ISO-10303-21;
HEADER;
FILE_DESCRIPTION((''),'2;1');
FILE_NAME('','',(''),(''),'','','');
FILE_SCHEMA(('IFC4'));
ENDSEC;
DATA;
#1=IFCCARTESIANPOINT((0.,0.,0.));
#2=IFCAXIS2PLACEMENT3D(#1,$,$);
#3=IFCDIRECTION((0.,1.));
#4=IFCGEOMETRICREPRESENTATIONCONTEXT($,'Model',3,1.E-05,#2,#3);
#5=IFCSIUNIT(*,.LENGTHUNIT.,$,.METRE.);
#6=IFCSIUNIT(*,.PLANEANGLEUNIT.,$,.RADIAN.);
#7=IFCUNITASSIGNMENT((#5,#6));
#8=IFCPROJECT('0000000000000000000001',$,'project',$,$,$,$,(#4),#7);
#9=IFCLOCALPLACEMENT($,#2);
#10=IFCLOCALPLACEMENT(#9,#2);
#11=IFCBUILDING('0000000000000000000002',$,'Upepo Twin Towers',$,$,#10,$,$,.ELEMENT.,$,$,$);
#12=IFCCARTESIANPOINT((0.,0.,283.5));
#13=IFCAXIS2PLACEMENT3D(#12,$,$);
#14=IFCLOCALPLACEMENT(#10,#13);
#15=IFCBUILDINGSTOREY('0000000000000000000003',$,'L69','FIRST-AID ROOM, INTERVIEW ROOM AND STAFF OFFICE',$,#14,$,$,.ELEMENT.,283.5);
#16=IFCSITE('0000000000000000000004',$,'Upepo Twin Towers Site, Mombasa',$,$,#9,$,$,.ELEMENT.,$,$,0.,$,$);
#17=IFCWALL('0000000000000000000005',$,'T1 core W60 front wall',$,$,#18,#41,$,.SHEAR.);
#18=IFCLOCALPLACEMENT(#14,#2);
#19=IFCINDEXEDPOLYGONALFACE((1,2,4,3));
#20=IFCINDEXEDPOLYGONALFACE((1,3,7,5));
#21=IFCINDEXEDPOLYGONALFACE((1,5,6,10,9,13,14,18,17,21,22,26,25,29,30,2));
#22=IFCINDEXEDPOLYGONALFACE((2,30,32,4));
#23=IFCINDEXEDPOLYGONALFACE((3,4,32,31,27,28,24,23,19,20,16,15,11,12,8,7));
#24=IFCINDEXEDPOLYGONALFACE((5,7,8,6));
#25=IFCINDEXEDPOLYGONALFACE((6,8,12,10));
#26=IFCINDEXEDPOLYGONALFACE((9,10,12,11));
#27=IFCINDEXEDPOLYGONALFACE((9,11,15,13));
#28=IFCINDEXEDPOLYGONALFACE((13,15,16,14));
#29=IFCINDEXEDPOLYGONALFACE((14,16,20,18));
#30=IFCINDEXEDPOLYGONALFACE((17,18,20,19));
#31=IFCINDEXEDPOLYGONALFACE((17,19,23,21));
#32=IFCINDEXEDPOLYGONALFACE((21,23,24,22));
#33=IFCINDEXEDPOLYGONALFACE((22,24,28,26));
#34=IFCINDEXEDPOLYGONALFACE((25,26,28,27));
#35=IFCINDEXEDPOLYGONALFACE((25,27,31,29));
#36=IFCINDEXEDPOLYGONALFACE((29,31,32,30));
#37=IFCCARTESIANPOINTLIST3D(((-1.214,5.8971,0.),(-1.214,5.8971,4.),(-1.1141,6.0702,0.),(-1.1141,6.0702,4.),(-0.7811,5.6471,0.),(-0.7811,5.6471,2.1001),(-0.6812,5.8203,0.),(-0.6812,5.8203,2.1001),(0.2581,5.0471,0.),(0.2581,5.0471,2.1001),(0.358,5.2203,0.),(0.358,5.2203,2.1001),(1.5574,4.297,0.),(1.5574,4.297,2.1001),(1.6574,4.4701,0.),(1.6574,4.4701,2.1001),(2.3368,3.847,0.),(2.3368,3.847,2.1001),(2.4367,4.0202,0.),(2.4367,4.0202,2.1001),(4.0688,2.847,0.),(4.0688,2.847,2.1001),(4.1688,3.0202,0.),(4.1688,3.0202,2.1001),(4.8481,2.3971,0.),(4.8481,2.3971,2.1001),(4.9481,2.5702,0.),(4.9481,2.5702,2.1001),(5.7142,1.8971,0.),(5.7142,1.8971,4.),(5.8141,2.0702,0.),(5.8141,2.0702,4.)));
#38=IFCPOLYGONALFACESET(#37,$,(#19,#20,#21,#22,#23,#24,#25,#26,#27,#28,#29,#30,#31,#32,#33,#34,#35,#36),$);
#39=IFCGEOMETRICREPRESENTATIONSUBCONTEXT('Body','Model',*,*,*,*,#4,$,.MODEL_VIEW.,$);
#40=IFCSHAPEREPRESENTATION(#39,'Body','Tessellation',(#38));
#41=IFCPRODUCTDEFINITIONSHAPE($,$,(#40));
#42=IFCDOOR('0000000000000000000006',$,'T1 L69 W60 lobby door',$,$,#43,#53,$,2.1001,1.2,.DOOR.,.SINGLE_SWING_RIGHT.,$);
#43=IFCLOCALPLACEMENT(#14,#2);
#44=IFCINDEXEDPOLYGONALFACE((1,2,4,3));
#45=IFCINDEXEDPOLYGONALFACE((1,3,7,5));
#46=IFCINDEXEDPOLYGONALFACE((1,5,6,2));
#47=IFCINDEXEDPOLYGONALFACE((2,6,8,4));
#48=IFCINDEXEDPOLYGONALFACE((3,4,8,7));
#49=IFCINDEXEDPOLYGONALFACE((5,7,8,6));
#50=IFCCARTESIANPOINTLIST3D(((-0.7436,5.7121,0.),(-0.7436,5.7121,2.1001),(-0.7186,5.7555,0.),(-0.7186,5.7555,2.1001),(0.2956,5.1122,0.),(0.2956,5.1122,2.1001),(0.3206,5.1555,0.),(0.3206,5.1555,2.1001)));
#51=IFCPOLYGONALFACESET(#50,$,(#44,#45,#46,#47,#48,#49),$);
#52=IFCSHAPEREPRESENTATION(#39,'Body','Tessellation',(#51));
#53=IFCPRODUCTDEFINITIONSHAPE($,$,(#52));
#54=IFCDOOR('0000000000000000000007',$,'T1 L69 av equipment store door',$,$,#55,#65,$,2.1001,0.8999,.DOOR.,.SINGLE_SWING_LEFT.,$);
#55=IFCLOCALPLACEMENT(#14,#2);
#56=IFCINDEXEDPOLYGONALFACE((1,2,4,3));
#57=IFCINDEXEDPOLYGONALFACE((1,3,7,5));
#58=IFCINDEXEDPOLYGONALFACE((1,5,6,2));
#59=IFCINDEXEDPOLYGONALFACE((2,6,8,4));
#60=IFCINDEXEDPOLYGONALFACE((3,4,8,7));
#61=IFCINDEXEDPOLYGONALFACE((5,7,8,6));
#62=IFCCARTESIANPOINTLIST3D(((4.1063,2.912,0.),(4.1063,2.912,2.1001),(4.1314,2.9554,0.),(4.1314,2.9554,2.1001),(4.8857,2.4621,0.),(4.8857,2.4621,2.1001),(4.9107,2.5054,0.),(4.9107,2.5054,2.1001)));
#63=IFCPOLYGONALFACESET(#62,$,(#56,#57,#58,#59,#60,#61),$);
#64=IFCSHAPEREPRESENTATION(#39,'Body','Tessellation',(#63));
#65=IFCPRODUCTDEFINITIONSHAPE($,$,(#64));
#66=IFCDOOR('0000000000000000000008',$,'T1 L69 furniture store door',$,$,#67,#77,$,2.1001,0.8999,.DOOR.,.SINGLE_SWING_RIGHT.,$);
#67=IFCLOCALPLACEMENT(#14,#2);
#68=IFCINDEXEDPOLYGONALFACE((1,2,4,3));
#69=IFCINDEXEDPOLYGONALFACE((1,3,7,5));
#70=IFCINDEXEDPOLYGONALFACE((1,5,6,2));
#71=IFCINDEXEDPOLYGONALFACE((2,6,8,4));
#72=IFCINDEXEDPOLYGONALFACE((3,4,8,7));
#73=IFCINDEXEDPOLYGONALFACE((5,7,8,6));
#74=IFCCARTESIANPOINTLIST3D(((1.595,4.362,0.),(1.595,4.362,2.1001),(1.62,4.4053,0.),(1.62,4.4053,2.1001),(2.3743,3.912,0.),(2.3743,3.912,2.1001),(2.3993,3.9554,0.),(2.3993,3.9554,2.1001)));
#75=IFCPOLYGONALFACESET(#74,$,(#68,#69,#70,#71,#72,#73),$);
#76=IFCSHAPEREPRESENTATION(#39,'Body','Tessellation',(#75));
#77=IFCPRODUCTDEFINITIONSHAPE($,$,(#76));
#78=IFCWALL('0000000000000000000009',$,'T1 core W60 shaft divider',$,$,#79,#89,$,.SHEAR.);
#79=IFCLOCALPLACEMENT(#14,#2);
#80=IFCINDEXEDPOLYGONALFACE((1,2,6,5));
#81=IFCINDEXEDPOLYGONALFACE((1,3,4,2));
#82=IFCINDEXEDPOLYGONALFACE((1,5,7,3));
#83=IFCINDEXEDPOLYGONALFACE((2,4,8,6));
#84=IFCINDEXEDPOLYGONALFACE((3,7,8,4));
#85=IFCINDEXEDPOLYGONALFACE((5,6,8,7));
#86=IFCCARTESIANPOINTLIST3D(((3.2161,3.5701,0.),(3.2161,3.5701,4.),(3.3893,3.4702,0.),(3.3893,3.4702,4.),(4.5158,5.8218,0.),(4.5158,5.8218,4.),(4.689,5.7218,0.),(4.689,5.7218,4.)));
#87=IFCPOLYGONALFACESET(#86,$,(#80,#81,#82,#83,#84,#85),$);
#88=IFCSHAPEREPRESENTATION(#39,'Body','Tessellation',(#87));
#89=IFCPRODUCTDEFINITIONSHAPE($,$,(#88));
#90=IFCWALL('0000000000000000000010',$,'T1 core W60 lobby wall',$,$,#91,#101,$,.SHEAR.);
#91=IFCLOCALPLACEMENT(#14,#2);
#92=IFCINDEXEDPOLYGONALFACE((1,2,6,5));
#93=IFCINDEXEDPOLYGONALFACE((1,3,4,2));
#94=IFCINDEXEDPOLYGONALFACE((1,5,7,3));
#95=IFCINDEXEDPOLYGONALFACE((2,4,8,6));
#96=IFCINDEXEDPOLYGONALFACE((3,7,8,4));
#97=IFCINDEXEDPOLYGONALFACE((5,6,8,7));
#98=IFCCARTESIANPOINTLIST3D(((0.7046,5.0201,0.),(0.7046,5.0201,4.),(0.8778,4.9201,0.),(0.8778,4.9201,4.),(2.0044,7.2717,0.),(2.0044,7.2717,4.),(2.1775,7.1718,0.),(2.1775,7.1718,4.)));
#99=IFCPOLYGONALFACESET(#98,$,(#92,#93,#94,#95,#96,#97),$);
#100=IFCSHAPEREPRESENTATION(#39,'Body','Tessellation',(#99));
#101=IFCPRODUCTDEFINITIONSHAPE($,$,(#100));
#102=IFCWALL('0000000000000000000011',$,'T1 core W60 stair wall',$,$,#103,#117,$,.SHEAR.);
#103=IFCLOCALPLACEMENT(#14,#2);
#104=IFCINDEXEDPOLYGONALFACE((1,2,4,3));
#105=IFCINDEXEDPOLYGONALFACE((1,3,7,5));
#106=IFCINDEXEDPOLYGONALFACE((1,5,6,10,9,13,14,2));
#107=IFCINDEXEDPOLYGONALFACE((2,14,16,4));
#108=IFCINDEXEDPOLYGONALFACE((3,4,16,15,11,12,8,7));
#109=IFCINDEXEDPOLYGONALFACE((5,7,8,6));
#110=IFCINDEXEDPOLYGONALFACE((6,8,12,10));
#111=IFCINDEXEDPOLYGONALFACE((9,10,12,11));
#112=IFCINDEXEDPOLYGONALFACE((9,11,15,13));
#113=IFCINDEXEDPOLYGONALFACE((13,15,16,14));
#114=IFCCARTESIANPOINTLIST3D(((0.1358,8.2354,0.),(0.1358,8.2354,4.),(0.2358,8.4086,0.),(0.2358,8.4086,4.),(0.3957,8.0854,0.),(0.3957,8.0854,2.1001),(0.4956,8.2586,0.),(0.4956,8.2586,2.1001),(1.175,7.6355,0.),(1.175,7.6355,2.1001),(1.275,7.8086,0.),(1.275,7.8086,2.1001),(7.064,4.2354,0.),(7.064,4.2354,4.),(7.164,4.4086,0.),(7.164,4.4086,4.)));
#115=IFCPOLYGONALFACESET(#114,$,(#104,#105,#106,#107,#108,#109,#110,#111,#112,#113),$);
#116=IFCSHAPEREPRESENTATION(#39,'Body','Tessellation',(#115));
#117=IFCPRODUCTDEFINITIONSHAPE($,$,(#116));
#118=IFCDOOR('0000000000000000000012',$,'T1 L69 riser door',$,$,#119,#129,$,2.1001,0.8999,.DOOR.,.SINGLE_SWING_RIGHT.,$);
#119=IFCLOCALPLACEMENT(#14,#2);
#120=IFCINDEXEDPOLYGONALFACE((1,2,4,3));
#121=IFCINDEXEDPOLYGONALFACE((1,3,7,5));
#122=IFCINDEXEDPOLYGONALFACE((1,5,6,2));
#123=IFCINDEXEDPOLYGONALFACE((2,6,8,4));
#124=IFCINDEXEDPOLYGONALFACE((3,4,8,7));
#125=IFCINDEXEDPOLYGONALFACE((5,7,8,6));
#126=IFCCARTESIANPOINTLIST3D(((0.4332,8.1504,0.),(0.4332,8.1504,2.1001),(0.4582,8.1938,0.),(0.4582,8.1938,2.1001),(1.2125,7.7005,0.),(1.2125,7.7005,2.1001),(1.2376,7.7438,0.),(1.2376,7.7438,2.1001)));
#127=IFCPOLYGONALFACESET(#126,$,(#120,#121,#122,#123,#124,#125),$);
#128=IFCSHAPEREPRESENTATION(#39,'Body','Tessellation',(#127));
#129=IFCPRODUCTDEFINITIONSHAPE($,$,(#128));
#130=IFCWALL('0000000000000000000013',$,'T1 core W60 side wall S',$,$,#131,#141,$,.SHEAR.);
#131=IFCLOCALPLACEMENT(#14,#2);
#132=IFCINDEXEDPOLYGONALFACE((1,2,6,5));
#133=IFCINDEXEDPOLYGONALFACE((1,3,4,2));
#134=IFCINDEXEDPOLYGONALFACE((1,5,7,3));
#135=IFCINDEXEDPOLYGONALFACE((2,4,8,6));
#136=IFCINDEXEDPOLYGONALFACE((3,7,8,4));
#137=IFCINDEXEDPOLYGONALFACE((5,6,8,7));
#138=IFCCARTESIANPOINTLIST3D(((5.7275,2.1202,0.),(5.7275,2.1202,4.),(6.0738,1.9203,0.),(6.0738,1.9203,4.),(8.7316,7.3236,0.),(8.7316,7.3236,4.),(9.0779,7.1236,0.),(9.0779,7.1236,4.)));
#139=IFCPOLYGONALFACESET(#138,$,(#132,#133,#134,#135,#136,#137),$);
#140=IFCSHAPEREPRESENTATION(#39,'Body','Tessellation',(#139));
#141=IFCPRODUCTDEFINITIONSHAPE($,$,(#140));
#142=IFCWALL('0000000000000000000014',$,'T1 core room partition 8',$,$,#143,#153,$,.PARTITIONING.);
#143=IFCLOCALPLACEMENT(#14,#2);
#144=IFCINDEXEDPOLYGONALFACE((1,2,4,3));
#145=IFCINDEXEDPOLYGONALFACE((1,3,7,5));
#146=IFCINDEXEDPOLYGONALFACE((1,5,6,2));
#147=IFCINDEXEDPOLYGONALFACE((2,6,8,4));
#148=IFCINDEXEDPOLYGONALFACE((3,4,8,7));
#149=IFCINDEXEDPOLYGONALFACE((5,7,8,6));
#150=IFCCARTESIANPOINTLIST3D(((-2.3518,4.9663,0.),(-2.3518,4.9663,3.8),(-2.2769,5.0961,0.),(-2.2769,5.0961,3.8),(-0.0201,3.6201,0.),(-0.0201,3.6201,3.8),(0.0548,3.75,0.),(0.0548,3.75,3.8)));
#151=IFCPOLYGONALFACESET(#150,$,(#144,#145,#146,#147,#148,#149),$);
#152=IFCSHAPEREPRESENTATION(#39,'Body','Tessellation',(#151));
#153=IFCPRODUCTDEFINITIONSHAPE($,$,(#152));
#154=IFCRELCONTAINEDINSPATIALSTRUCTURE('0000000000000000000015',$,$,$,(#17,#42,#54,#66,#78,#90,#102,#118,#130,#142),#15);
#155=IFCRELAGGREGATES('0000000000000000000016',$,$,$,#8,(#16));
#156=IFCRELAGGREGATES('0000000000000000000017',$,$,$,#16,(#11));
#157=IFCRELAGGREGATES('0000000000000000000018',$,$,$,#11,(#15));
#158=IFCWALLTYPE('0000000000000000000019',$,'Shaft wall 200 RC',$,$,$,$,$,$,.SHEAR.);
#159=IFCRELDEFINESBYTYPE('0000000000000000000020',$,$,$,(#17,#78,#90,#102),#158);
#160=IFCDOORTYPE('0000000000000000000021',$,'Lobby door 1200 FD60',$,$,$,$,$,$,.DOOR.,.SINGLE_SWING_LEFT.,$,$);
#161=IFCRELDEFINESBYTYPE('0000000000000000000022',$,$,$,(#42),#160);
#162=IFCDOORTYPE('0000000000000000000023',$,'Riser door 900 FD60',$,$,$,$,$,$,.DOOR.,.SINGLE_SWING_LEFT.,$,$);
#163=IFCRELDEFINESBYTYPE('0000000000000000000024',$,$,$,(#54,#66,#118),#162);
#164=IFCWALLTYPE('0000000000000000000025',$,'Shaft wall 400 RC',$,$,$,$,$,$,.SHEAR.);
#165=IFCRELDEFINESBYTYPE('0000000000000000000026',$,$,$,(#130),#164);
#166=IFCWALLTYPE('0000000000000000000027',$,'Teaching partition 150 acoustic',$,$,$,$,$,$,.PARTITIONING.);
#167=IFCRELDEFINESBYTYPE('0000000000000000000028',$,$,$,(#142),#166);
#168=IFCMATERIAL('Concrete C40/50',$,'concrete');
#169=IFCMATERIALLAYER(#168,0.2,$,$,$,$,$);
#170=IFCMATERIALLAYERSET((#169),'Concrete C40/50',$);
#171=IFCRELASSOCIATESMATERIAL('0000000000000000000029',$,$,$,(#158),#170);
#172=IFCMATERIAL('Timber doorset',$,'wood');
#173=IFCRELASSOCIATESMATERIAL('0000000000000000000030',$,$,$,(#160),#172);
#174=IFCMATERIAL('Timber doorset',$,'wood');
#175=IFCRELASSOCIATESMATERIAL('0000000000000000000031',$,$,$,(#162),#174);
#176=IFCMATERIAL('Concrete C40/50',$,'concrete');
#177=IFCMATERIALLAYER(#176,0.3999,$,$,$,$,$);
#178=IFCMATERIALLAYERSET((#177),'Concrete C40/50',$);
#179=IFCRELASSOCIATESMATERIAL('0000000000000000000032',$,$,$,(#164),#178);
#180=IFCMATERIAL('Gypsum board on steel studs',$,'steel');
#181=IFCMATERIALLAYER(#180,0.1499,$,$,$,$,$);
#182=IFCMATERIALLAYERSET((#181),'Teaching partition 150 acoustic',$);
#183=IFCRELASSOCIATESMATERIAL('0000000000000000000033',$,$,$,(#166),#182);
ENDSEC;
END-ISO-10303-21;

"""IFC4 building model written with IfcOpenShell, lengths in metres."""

from ifc_helpers import new_model, si_unit, direction, frame, frame_2d, origin, place, context, subcontext, project, spatial, rectangle, extrude, material, layer, layer_set, type_object, element, fill, save


model = new_model("IFC4")

# Units and contexts
model_context = context("Model", 3, precision=1e-05, world=origin(), true_north=direction((0.0, 1.0)))
body_context = subcontext(model_context, "Body", "Model", "MODEL_VIEW")
ifc_project = project(units=[si_unit("LENGTHUNIT", "METRE"), si_unit("PLANEANGLEUNIT", "RADIAN")], contexts=[model_context])

# Site, building, storey
site_placement = place(None, origin())
site = spatial("IfcSite", under=ifc_project, at=site_placement, Name="Upepo Twin Towers Site, Mombasa", CompositionType="ELEMENT", RefElevation=0.0)
building_placement = place(site_placement, origin())
building = spatial("IfcBuilding", under=site, at=building_placement, Name="Upepo Twin Towers", CompositionType="ELEMENT")
storey_placement = place(building_placement, frame((0.0, 0.0, 283.5)))
storey = spatial("IfcBuildingStorey", under=building, at=storey_placement, Name="L69", Description="FIRST-AID ROOM, INTERVIEW ROOM AND STAFF OFFICE", CompositionType="ELEMENT", Elevation=283.5)

# Wall, openings, doors
ifc_material_1 = material(Name="Concrete C40/50", Category="concrete")
ifc_layer_1 = layer(ifc_material_1, 0.2)
ifc_layer_set_1 = layer_set([ifc_layer_1], Name="Concrete C40/50")
wall_type_1 = type_object("IfcWallType", Name="Shaft wall 200 RC", PredefinedType="SHEAR", material=ifc_layer_set_1)
wall_1_placement = place(storey_placement, frame((5.7642, 1.9836, 0.0), z_axis=(0.0, 0.0, 1.0), x_axis=(-0.866026, 0.499999, 0.0)))
wall_1 = element("IfcWall", 1, at=wall_1_placement, inside=storey, type_object=wall_type_1, Name="T1 core W60 front wall", PredefinedType="SHEAR", context=body_context, shape_type="SweptSolid", body=[
    extrude(rectangle(XDim=8.0, YDim=0.2, at=frame_2d((4.0, 0.0))), origin(), (0.0, 0.0, 1.0), 4.0),
])
opening_1_placement = place(wall_1_placement, frame((6.3, 0.0, 0.0)))
opening_1 = element("IfcOpeningElement", 2, at=opening_1_placement, cuts=wall_1, PredefinedType="OPENING", context=body_context, shape_type="SweptSolid", body=[
    extrude(rectangle(XDim=1.2, YDim=2.1001, at=frame_2d((0.6001, 1.05))), frame((0.0, 0.1099, 0.0), z_axis=(0.0, -1.0, 0.0), x_axis=(1.0, 0.0, 0.0)), (0.0, 0.0, 1.0), 0.22),
])
opening_2_placement = place(wall_1_placement, frame((1.0, 0.0, 0.0)))
opening_2 = element("IfcOpeningElement", 3, at=opening_2_placement, cuts=wall_1, PredefinedType="OPENING", context=body_context, shape_type="SweptSolid", body=[
    extrude(rectangle(XDim=0.8999, YDim=2.1001, at=frame_2d((0.45, 1.05))), frame((0.0, 0.1099, 0.0), z_axis=(0.0, -1.0, 0.0), x_axis=(1.0, 0.0, 0.0)), (0.0, 0.0, 1.0), 0.22),
])
opening_3_placement = place(wall_1_placement, frame((3.8999, 0.0, 0.0)))
opening_3 = element("IfcOpeningElement", 4, at=opening_3_placement, cuts=wall_1, PredefinedType="OPENING", context=body_context, shape_type="SweptSolid", body=[
    extrude(rectangle(XDim=0.8999, YDim=2.1001, at=frame_2d((0.45, 1.05))), frame((0.0, 0.1099, 0.0), z_axis=(0.0, -1.0, 0.0), x_axis=(1.0, 0.0, 0.0)), (0.0, 0.0, 1.0), 0.22),
])
ifc_material_2 = material(Name="Timber doorset", Category="wood")
door_type_1 = type_object("IfcDoorType", Name="Lobby door 1200 FD60", OperationType="SINGLE_SWING_LEFT", PredefinedType="DOOR", material=ifc_material_2)
door_1_placement = place(opening_1_placement, origin())
door_1 = element("IfcDoor", 5, at=door_1_placement, inside=storey, type_object=door_type_1, Name="T1 L69 W60 lobby door", OperationType="SINGLE_SWING_RIGHT", OverallHeight=2.1001, OverallWidth=1.2, PredefinedType="DOOR", context=body_context, shape_type="SweptSolid", body=[
    extrude(rectangle(XDim=1.2, YDim=2.1001, at=frame_2d((0.6001, 1.05))), frame((0.0, 0.0249, 0.0), z_axis=(0.0, -1.0, 0.0), x_axis=(1.0, 0.0, 0.0)), (0.0, 0.0, 1.0), 0.05),
])
fill(opening_1, door_1)
ifc_material_3 = material(Name="Timber doorset", Category="wood")
door_type_2 = type_object("IfcDoorType", Name="Riser door 900 FD60", OperationType="SINGLE_SWING_LEFT", PredefinedType="DOOR", material=ifc_material_3)
door_2_placement = place(opening_2_placement, origin())
door_2 = element("IfcDoor", 6, at=door_2_placement, inside=storey, type_object=door_type_2, Name="T1 L69 av equipment store door", OperationType="SINGLE_SWING_LEFT", OverallHeight=2.1001, OverallWidth=0.8999, PredefinedType="DOOR", context=body_context, shape_type="SweptSolid", body=[
    extrude(rectangle(XDim=0.8999, YDim=2.1001, at=frame_2d((0.45, 1.05))), frame((0.0, 0.0249, 0.0), z_axis=(0.0, -1.0, 0.0), x_axis=(1.0, 0.0, 0.0)), (0.0, 0.0, 1.0), 0.05),
])
fill(opening_2, door_2)
door_3_placement = place(opening_3_placement, origin())
door_3 = element("IfcDoor", 7, at=door_3_placement, inside=storey, type_object=door_type_2, Name="T1 L69 furniture store door", OperationType="SINGLE_SWING_RIGHT", OverallHeight=2.1001, OverallWidth=0.8999, PredefinedType="DOOR", context=body_context, shape_type="SweptSolid", body=[
    extrude(rectangle(XDim=0.8999, YDim=2.1001, at=frame_2d((0.45, 1.05))), frame((0.0, 0.0249, 0.0), z_axis=(0.0, -1.0, 0.0), x_axis=(1.0, 0.0, 0.0)), (0.0, 0.0, 1.0), 0.05),
])
fill(opening_3, door_3)

# Walls
for number, where, z_axis, x_axis, name in (
    (8, (3.3027, 3.5203, 0.0), (0.0, 0.0, 1.0), (0.499937, 0.866062, 0.0), "T1 core W60 shaft divider"),
    (9, (0.7913, 4.9702, 0.0), (0.0, 0.0, 1.0), (0.499937, 0.866062, 0.0), "T1 core W60 lobby wall"),
):
    element("IfcWall", number, at=place(storey_placement, frame(where, z_axis=z_axis, x_axis=x_axis)), inside=storey, type_object=wall_type_1, Name=name, PredefinedType="SHEAR", context=body_context, shape_type="SweptSolid", body=[
        extrude(rectangle(XDim=2.5999, YDim=0.2, at=frame_2d((1.2998, 0.0))), origin(), (0.0, 0.0, 1.0), 4.0),
    ])

# Wall, opening, door
wall_2_placement = place(storey_placement, frame((7.114, 4.322, 0.0), z_axis=(0.0, 0.0, 1.0), x_axis=(-0.866026, 0.499999, 0.0)))
wall_2 = element("IfcWall", 10, at=wall_2_placement, inside=storey, type_object=wall_type_1, Name="T1 core W60 stair wall", PredefinedType="SHEAR", context=body_context, shape_type="SweptSolid", body=[
    extrude(rectangle(XDim=8.0, YDim=0.2, at=frame_2d((4.0, 0.0))), origin(), (0.0, 0.0, 1.0), 4.0),
])
opening_4_placement = place(wall_2_placement, frame((6.8, 0.0, 0.0)))
opening_4 = element("IfcOpeningElement", 11, at=opening_4_placement, cuts=wall_2, PredefinedType="OPENING", context=body_context, shape_type="SweptSolid", body=[
    extrude(rectangle(XDim=0.8999, YDim=2.1001, at=frame_2d((0.45, 1.05))), frame((0.0, 0.1099, 0.0), z_axis=(0.0, -1.0, 0.0), x_axis=(1.0, 0.0, 0.0)), (0.0, 0.0, 1.0), 0.22),
])
door_4_placement = place(opening_4_placement, origin())
door_4 = element("IfcDoor", 12, at=door_4_placement, inside=storey, type_object=door_type_2, Name="T1 L69 riser door", OperationType="SINGLE_SWING_RIGHT", OverallHeight=2.1001, OverallWidth=0.8999, PredefinedType="DOOR", context=body_context, shape_type="SweptSolid", body=[
    extrude(rectangle(XDim=0.8999, YDim=2.1001, at=frame_2d((0.45, 1.05))), frame((0.0, 0.0249, 0.0), z_axis=(0.0, -1.0, 0.0), x_axis=(1.0, 0.0, 0.0)), (0.0, 0.0, 1.0), 0.05),
])
fill(opening_4, door_4)

# Walls
ifc_material_4 = material(Name="Concrete C40/50", Category="concrete")
ifc_layer_2 = layer(ifc_material_4, 0.3999)
ifc_layer_set_2 = layer_set([ifc_layer_2], Name="Concrete C40/50")
wall_type_2 = type_object("IfcWallType", Name="Shaft wall 400 RC", PredefinedType="SHEAR", material=ifc_layer_set_2)
wall_3_placement = place(storey_placement, frame((5.9006, 2.0203, 0.0), z_axis=(0.0, 0.0, 1.0), x_axis=(0.499998, 0.866027, 0.0)))
element("IfcWall", 13, at=wall_3_placement, inside=storey, type_object=wall_type_2, Name="T1 core W60 side wall S", PredefinedType="SHEAR", context=body_context, shape_type="SweptSolid", body=[
    extrude(rectangle(XDim=6.0083, YDim=0.3999, at=frame_2d((3.0042, 0.0))), origin(), (0.0, 0.0, 1.0), 4.0),
])
ifc_material_5 = material(Name="Gypsum board on steel studs", Category="steel")
ifc_layer_3 = layer(ifc_material_5, 0.1499)
ifc_layer_set_3 = layer_set([ifc_layer_3], Name="Teaching partition 150 acoustic")
wall_type_3 = type_object("IfcWallType", Name="Teaching partition 150 acoustic", PredefinedType="PARTITIONING", material=ifc_layer_set_3)
wall_4_placement = place(storey_placement, frame((0.0173, 3.6851, 0.0), z_axis=(0.0, 0.0, 1.0), x_axis=(-0.866036, 0.499981, 0.0)))
element("IfcWall", 14, at=wall_4_placement, inside=storey, type_object=wall_type_3, Name="T1 core room partition 8", PredefinedType="PARTITIONING", context=body_context, shape_type="SweptSolid", body=[
    extrude(rectangle(XDim=2.6924, YDim=0.1499, at=frame_2d((1.3462, 0.0))), origin(), (0.0, 0.0, 1.0), 3.8),
])

save(model, "model.ifc")
